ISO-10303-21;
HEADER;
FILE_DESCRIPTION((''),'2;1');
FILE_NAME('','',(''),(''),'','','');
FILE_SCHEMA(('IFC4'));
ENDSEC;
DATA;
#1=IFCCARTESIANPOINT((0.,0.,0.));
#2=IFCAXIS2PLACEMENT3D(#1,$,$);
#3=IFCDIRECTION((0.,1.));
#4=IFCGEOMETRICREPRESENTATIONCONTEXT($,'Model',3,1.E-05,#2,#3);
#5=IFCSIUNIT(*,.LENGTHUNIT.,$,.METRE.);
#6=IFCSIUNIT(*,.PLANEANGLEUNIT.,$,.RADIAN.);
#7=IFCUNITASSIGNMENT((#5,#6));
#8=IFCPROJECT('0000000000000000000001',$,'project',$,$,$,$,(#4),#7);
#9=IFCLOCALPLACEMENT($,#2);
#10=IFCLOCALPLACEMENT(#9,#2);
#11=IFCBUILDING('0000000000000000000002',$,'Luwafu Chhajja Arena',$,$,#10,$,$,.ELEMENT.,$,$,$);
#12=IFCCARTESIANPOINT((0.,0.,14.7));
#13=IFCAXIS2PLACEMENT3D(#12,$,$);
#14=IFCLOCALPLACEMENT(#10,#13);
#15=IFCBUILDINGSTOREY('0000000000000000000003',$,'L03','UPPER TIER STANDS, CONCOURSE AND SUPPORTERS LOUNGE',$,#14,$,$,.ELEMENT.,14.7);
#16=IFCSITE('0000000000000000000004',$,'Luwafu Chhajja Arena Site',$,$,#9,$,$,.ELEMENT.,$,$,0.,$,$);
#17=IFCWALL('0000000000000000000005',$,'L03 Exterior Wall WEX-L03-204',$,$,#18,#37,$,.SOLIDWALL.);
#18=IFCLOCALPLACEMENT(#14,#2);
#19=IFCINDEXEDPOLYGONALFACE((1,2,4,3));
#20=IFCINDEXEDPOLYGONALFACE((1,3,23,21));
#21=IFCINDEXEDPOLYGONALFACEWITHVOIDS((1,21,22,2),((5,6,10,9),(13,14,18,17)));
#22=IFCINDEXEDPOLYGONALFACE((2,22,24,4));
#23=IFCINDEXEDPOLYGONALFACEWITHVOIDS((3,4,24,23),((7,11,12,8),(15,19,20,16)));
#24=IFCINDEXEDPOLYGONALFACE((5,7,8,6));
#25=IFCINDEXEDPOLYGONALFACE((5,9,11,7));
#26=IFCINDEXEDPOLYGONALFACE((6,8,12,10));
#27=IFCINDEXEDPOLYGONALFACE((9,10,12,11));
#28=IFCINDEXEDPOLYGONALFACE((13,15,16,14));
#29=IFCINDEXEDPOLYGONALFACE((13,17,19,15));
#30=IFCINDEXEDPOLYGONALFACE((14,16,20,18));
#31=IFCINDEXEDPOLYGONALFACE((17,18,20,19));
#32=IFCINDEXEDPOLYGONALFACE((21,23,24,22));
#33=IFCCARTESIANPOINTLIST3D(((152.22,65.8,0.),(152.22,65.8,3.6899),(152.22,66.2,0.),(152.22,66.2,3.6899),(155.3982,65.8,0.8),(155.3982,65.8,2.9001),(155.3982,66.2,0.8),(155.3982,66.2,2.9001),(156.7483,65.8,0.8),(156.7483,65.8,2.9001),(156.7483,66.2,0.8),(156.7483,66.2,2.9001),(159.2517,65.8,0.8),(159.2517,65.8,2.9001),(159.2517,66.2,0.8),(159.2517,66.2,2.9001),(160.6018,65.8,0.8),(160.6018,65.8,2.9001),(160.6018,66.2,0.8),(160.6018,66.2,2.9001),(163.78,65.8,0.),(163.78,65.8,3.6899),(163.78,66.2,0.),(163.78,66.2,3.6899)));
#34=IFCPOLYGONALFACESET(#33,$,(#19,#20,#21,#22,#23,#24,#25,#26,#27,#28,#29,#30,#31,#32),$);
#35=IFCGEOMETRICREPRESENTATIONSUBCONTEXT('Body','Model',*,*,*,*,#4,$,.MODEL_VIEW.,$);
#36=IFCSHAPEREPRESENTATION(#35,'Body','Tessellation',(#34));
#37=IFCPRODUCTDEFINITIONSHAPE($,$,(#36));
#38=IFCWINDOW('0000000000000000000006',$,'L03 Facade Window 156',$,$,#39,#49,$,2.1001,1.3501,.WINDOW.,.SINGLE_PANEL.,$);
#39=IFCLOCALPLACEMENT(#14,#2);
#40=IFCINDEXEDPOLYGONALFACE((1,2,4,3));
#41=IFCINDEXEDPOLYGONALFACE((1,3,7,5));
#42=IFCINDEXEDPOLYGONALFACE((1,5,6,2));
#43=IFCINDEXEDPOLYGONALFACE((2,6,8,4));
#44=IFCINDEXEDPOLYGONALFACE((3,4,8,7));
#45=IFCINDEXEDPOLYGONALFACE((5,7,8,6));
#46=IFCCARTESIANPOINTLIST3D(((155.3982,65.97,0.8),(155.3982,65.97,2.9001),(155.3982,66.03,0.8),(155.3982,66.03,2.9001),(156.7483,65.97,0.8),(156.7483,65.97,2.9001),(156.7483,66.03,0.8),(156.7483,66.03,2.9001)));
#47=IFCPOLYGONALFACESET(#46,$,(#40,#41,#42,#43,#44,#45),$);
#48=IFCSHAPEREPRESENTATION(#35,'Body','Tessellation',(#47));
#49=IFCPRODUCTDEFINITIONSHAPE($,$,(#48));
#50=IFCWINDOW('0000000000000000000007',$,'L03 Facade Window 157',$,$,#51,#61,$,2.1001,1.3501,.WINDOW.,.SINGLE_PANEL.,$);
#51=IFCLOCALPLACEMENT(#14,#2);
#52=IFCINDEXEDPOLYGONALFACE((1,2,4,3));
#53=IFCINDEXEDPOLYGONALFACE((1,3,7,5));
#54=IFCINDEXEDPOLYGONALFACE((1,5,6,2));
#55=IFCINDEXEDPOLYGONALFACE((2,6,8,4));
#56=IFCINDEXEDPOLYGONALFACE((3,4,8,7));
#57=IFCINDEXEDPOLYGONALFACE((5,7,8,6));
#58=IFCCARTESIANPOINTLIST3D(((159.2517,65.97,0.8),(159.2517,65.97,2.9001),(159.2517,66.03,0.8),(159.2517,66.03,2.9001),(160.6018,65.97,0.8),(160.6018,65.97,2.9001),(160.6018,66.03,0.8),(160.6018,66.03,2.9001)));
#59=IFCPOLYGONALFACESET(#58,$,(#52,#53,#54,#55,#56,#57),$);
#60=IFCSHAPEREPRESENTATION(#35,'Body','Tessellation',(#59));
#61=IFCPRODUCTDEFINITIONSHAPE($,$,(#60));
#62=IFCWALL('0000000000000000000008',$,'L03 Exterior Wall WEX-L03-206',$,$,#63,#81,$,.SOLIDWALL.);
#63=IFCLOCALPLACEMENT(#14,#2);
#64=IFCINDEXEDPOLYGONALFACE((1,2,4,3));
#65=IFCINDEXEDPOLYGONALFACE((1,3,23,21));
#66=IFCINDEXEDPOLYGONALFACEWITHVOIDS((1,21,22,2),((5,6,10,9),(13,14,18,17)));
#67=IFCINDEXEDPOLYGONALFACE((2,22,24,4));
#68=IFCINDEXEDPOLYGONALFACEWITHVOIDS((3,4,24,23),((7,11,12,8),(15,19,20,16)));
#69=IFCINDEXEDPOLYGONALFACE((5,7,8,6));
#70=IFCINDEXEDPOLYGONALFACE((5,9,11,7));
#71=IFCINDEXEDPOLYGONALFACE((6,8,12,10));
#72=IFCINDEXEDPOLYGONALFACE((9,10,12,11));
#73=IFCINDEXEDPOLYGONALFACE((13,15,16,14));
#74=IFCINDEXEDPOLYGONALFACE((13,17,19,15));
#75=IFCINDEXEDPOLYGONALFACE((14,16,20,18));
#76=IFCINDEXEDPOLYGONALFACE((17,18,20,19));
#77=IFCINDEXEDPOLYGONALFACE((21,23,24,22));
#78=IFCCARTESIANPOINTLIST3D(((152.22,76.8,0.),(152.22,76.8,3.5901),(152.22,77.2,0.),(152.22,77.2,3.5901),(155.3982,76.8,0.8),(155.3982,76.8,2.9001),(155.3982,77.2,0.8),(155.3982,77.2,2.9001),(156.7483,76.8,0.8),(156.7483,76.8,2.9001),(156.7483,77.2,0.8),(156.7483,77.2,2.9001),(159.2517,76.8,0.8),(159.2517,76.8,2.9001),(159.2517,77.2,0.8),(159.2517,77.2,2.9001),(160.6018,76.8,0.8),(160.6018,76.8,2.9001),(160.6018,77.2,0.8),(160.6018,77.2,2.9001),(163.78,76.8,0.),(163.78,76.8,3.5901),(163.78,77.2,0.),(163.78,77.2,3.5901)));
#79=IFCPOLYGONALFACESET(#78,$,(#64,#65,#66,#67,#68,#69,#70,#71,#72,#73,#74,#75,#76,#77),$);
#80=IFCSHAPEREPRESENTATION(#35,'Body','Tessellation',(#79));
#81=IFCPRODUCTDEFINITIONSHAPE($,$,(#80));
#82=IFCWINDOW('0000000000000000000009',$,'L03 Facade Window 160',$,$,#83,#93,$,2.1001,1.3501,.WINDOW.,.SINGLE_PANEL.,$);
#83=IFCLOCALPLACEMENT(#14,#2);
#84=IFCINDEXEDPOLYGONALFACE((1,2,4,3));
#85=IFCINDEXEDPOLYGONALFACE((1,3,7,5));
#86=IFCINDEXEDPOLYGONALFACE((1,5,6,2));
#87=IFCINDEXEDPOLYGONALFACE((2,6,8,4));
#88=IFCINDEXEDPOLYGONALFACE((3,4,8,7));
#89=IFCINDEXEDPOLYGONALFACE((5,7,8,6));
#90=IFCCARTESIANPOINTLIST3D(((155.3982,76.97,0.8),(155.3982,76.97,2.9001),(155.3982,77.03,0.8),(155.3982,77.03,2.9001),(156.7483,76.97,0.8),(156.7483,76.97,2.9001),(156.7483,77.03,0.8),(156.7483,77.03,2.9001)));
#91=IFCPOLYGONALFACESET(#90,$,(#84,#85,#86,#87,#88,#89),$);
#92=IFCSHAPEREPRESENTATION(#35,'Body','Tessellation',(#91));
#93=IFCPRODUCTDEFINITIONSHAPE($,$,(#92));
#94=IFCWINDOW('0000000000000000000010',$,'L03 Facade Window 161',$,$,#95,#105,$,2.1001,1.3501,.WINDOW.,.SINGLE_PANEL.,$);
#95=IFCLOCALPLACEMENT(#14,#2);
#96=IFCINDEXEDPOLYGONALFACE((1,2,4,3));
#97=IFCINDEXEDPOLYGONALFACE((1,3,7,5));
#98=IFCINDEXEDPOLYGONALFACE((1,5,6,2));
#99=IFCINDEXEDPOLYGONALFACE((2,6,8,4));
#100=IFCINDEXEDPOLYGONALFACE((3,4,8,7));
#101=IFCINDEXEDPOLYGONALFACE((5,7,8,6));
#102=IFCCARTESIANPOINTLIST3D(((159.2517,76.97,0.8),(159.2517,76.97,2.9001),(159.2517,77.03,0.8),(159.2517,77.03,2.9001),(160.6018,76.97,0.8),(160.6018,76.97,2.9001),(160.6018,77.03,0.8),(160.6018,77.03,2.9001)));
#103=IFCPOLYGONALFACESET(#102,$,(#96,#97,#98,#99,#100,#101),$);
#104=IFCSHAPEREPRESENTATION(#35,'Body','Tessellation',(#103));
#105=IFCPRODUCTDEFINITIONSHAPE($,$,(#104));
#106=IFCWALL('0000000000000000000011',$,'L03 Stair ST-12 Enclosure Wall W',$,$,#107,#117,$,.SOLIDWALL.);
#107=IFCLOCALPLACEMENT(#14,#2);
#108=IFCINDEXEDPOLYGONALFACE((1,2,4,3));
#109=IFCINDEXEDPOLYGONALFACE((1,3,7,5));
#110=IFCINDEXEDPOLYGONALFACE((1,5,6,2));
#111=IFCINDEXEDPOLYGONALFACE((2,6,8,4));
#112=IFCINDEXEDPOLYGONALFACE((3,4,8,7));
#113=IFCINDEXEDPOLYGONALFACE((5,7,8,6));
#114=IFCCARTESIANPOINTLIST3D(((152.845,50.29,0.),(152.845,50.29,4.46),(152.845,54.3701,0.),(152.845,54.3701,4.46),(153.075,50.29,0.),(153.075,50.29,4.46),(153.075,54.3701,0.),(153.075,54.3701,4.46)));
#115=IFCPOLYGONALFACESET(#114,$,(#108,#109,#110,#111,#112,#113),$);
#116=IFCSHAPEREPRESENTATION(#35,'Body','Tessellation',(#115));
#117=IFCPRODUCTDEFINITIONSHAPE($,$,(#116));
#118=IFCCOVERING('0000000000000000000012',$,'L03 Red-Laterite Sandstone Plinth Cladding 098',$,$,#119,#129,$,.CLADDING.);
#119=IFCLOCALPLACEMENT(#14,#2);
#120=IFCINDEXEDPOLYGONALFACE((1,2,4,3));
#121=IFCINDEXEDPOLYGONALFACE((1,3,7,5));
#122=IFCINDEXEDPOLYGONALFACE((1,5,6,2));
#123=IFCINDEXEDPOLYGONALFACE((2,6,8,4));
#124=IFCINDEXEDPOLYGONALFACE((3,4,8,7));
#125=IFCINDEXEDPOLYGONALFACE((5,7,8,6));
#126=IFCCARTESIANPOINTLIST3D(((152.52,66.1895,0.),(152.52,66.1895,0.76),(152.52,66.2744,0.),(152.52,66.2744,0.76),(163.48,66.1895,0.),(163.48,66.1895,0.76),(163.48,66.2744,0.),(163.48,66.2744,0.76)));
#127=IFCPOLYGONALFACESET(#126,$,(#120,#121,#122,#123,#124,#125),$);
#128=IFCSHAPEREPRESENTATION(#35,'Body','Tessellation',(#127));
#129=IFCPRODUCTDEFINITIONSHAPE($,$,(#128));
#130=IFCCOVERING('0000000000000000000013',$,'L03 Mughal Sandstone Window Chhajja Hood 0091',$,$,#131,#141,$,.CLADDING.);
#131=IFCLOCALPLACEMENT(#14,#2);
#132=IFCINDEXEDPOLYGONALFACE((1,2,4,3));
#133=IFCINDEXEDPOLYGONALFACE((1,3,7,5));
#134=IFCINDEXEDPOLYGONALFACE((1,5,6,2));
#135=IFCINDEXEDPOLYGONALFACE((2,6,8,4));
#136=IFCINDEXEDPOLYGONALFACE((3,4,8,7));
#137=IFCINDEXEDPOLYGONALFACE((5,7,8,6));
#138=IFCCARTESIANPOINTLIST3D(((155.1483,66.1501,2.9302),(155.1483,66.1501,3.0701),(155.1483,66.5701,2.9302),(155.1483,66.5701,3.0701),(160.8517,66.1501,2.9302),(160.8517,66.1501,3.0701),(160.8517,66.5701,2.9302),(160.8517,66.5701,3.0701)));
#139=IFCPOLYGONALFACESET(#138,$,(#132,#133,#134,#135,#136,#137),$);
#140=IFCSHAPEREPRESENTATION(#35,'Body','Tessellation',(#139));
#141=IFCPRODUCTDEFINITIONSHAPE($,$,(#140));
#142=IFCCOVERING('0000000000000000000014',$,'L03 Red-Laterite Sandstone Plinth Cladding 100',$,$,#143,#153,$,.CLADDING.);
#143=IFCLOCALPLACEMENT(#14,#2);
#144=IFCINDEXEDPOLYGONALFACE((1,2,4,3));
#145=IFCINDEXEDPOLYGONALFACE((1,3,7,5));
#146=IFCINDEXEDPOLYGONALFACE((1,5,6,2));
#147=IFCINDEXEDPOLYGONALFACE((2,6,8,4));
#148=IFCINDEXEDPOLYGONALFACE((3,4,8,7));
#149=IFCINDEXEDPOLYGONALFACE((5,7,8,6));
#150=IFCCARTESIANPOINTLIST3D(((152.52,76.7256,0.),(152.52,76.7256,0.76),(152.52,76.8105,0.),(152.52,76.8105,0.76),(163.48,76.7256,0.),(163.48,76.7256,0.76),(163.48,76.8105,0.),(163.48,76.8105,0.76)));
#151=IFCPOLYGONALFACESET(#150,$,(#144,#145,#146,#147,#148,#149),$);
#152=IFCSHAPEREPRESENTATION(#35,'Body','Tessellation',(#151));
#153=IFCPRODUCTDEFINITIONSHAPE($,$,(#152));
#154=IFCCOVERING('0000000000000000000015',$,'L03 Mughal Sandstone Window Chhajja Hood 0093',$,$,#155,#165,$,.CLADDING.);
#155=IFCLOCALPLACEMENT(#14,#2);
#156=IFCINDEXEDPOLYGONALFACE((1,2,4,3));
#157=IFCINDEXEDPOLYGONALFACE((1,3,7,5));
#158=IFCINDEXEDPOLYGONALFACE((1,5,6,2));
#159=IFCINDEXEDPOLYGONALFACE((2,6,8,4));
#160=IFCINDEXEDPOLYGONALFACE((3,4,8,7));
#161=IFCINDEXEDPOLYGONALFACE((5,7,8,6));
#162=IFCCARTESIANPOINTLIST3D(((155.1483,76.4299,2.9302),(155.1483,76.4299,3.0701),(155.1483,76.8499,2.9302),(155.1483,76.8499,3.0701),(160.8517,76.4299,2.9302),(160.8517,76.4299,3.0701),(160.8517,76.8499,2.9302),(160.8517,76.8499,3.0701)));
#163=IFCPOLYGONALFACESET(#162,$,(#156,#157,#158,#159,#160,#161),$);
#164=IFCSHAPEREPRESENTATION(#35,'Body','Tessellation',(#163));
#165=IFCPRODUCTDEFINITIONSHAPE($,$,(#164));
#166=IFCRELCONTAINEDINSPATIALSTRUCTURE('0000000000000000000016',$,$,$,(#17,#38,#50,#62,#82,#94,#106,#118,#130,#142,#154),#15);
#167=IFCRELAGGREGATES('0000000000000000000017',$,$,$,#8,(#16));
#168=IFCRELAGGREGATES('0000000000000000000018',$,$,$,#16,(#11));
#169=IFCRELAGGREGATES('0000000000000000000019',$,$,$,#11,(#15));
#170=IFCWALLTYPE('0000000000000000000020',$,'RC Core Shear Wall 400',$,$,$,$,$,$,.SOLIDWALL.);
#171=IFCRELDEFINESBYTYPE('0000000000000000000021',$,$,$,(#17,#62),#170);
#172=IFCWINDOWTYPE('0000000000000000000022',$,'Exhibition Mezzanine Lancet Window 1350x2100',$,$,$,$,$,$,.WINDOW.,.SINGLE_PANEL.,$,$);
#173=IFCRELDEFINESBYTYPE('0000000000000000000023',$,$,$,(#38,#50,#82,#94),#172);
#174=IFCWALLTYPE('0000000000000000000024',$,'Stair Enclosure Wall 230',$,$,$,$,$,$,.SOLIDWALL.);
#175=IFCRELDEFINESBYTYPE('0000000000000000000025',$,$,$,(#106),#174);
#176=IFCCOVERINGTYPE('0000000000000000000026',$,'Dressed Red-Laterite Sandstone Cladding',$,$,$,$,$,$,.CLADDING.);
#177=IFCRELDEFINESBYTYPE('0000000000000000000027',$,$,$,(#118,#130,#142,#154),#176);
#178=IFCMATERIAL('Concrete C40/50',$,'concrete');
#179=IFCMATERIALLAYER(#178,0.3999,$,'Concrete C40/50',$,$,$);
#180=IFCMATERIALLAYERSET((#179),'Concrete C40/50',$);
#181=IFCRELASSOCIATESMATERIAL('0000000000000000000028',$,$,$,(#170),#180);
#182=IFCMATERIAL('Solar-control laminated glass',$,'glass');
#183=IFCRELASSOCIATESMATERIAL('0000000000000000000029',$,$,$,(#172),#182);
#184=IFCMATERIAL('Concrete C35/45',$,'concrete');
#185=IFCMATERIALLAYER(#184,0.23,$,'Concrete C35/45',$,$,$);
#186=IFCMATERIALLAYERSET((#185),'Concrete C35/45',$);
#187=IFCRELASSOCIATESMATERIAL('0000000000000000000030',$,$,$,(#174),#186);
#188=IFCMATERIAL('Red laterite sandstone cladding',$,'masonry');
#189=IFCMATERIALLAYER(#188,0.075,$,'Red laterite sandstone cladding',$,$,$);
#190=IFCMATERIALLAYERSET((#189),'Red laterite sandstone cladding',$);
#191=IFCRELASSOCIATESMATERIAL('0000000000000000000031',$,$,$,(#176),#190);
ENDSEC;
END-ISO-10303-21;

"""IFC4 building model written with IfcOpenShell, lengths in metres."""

from ifc_helpers import new_model, si_unit, direction, frame, frame_2d, origin, origin_2d, place, context, subcontext, project, spatial, rectangle, extrude, material, layer, layer_set, type_object, element, fill, save


model = new_model("IFC4")

# Units and contexts
model_context = context("Model", 3, precision=1e-05, world=origin(), true_north=direction((0.0, 1.0)))
body_context = subcontext(model_context, "Body", "Model", "MODEL_VIEW")
ifc_project = project(units=[si_unit("LENGTHUNIT", "METRE"), si_unit("PLANEANGLEUNIT", "RADIAN")], contexts=[model_context])

# Site, building, storey
site_placement = place(None, origin())
site = spatial("IfcSite", under=ifc_project, at=site_placement, Name="Luwafu Chhajja Arena Site", CompositionType="ELEMENT", RefElevation=0.0)
building_placement = place(site_placement, origin())
building = spatial("IfcBuilding", under=site, at=building_placement, Name="Luwafu Chhajja Arena", CompositionType="ELEMENT")
storey_placement = place(building_placement, frame((0.0, 0.0, 14.7)))
storey = spatial("IfcBuildingStorey", under=building, at=storey_placement, Name="L03", Description="UPPER TIER STANDS, CONCOURSE AND SUPPORTERS LOUNGE", CompositionType="ELEMENT", Elevation=14.7)

# Shared definitions
ifc_material_1 = material(Name="Concrete C35/45", Category="concrete")

# Shared definitions
ifc_material_2 = material(Name="Concrete C40/50", Category="concrete")

# Walls, openings, windows
ifc_layer_1 = layer(ifc_material_2, 0.3999, Name="Concrete C40/50")
ifc_layer_set_1 = layer_set([ifc_layer_1], Name="Concrete C40/50")
wall_type_1 = type_object("IfcWallType", Name="RC Core Shear Wall 400", PredefinedType="SOLIDWALL", material=ifc_layer_set_1)
wall_1_placement = place(storey_placement, frame((152.22, 66.0, 0.0), z_axis=(0.0, 0.0, 1.0), x_axis=(1.0, 0.0, 0.0)))
wall_1 = element("IfcWall", 1, at=wall_1_placement, inside=storey, type_object=wall_type_1, Name="L03 Exterior Wall WEX-L03-204", PredefinedType="SOLIDWALL", context=body_context, shape_type="SweptSolid", body=[
    extrude(rectangle(XDim=11.5601, YDim=0.3999, at=frame_2d((5.78, 0.0))), origin(), (0.0, 0.0, 1.0), 3.6899),
])
opening_1_placement = place(wall_1_placement, frame((3.1782, 0.0, 0.8)))
opening_1 = element("IfcOpeningElement", 2, at=opening_1_placement, cuts=wall_1, PredefinedType="OPENING", context=body_context, shape_type="SweptSolid", body=[
    extrude(rectangle(XDim=1.3501, YDim=2.1001, at=frame_2d((0.675, 1.05))), frame((0.0, 0.21, 0.0), z_axis=(0.0, -1.0, 0.0), x_axis=(1.0, 0.0, 0.0)), (0.0, 0.0, 1.0), 0.4199),
])
opening_2_placement = place(wall_1_placement, frame((7.0317, 0.0, 0.8)))
opening_2 = element("IfcOpeningElement", 3, at=opening_2_placement, cuts=wall_1, PredefinedType="OPENING", context=body_context, shape_type="SweptSolid", body=[
    extrude(rectangle(XDim=1.3501, YDim=2.1001, at=frame_2d((0.675, 1.05))), frame((0.0, 0.21, 0.0), z_axis=(0.0, -1.0, 0.0), x_axis=(1.0, 0.0, 0.0)), (0.0, 0.0, 1.0), 0.4199),
])
ifc_material_3 = material(Name="Solar-control laminated glass", Category="glass")
window_type = type_object("IfcWindowType", Name="Exhibition Mezzanine Lancet Window 1350x2100", PartitioningType="SINGLE_PANEL", PredefinedType="WINDOW", material=ifc_material_3)
window_1_placement = place(opening_1_placement, origin())
window_1 = element("IfcWindow", 4, at=window_1_placement, inside=storey, type_object=window_type, Name="L03 Facade Window 156", OverallHeight=2.1001, OverallWidth=1.3501, PartitioningType="SINGLE_PANEL", PredefinedType="WINDOW", context=body_context, shape_type="SweptSolid", body=[
    extrude(rectangle(XDim=1.3501, YDim=2.1001, at=frame_2d((0.675, 1.05))), frame((0.0, 0.03, 0.0), z_axis=(0.0, -1.0, 0.0), x_axis=(1.0, 0.0, 0.0)), (0.0, 0.0, 1.0), 0.0601),
])
fill(opening_1, window_1)
window_2_placement = place(opening_2_placement, origin())
window_2 = element("IfcWindow", 5, at=window_2_placement, inside=storey, type_object=window_type, Name="L03 Facade Window 157", OverallHeight=2.1001, OverallWidth=1.3501, PartitioningType="SINGLE_PANEL", PredefinedType="WINDOW", context=body_context, shape_type="SweptSolid", body=[
    extrude(rectangle(XDim=1.3501, YDim=2.1001, at=frame_2d((0.675, 1.05))), frame((0.0, 0.03, 0.0), z_axis=(0.0, -1.0, 0.0), x_axis=(1.0, 0.0, 0.0)), (0.0, 0.0, 1.0), 0.0601),
])
fill(opening_2, window_2)
wall_2_placement = place(storey_placement, frame((152.22, 77.0, 0.0), z_axis=(0.0, 0.0, 1.0), x_axis=(1.0, 0.0, 0.0)))
wall_2 = element("IfcWall", 6, at=wall_2_placement, inside=storey, type_object=wall_type_1, Name="L03 Exterior Wall WEX-L03-206", PredefinedType="SOLIDWALL", context=body_context, shape_type="SweptSolid", body=[
    extrude(rectangle(XDim=11.5601, YDim=0.3999, at=frame_2d((5.78, 0.0))), origin(), (0.0, 0.0, 1.0), 3.5901),
])
opening_3_placement = place(wall_2_placement, frame((3.1782, 0.0, 0.8)))
opening_3 = element("IfcOpeningElement", 7, at=opening_3_placement, cuts=wall_2, PredefinedType="OPENING", context=body_context, shape_type="SweptSolid", body=[
    extrude(rectangle(XDim=1.3501, YDim=2.1001, at=frame_2d((0.675, 1.05))), frame((0.0, 0.21, 0.0), z_axis=(0.0, -1.0, 0.0), x_axis=(1.0, 0.0, 0.0)), (0.0, 0.0, 1.0), 0.4199),
])
opening_4_placement = place(wall_2_placement, frame((7.0317, 0.0, 0.8)))
opening_4 = element("IfcOpeningElement", 8, at=opening_4_placement, cuts=wall_2, PredefinedType="OPENING", context=body_context, shape_type="SweptSolid", body=[
    extrude(rectangle(XDim=1.3501, YDim=2.1001, at=frame_2d((0.675, 1.05))), frame((0.0, 0.21, 0.0), z_axis=(0.0, -1.0, 0.0), x_axis=(1.0, 0.0, 0.0)), (0.0, 0.0, 1.0), 0.4199),
])
window_3_placement = place(opening_3_placement, origin())
window_3 = element("IfcWindow", 9, at=window_3_placement, inside=storey, type_object=window_type, Name="L03 Facade Window 160", OverallHeight=2.1001, OverallWidth=1.3501, PartitioningType="SINGLE_PANEL", PredefinedType="WINDOW", context=body_context, shape_type="SweptSolid", body=[
    extrude(rectangle(XDim=1.3501, YDim=2.1001, at=frame_2d((0.675, 1.05))), frame((0.0, 0.03, 0.0), z_axis=(0.0, -1.0, 0.0), x_axis=(1.0, 0.0, 0.0)), (0.0, 0.0, 1.0), 0.0601),
])
fill(opening_3, window_3)
window_4_placement = place(opening_4_placement, origin())
window_4 = element("IfcWindow", 10, at=window_4_placement, inside=storey, type_object=window_type, Name="L03 Facade Window 161", OverallHeight=2.1001, OverallWidth=1.3501, PartitioningType="SINGLE_PANEL", PredefinedType="WINDOW", context=body_context, shape_type="SweptSolid", body=[
    extrude(rectangle(XDim=1.3501, YDim=2.1001, at=frame_2d((0.675, 1.05))), frame((0.0, 0.03, 0.0), z_axis=(0.0, -1.0, 0.0), x_axis=(1.0, 0.0, 0.0)), (0.0, 0.0, 1.0), 0.0601),
])
fill(opening_4, window_4)

# Wall
ifc_layer_2 = layer(ifc_material_1, 0.23, Name="Concrete C35/45")
ifc_layer_set_2 = layer_set([ifc_layer_2], Name="Concrete C35/45")
wall_type_2 = type_object("IfcWallType", Name="Stair Enclosure Wall 230", PredefinedType="SOLIDWALL", material=ifc_layer_set_2)
wall_3_placement = place(storey_placement, frame((152.96, 50.29, 0.0), z_axis=(0.0, 0.0, 1.0), x_axis=(0.0, 1.0, 0.0)))
element("IfcWall", 11, at=wall_3_placement, inside=storey, type_object=wall_type_2, Name="L03 Stair ST-12 Enclosure Wall W", PredefinedType="SOLIDWALL", context=body_context, shape_type="SweptSolid", body=[
    extrude(rectangle(XDim=4.0801, YDim=0.23, at=frame_2d((2.04, 0.0))), origin(), (0.0, 0.0, 1.0), 4.46),
])

# Coverings
ifc_material_4 = material(Name="Red laterite sandstone cladding", Category="masonry")
ifc_layer_3 = layer(ifc_material_4, 0.075, Name="Red laterite sandstone cladding")
ifc_layer_set_3 = layer_set([ifc_layer_3], Name="Red laterite sandstone cladding")
covering_type = type_object("IfcCoveringType", Name="Dressed Red-Laterite Sandstone Cladding", PredefinedType="CLADDING", material=ifc_layer_set_3)
covering_1_placement = place(storey_placement, frame((158.0, 66.2319, 0.0), z_axis=(0.0, 0.0, 1.0), x_axis=(1.0, 0.0, 0.0)))
element("IfcCovering", 12, at=covering_1_placement, inside=storey, type_object=covering_type, Name="L03 Red-Laterite Sandstone Plinth Cladding 098", PredefinedType="CLADDING", context=body_context, shape_type="SweptSolid", body=[
    extrude(rectangle(XDim=10.96, YDim=0.085, at=origin_2d()), origin(), (0.0, 0.0, 1.0), 0.76),
])
covering_2_placement = place(storey_placement, frame((158.0, 66.3601, 2.9302), z_axis=(0.0, 0.0, 1.0), x_axis=(1.0, 0.0, 0.0)))
element("IfcCovering", 13, at=covering_2_placement, inside=storey, type_object=covering_type, Name="L03 Mughal Sandstone Window Chhajja Hood 0091", PredefinedType="CLADDING", context=body_context, shape_type="SweptSolid", body=[
    extrude(rectangle(XDim=5.7034, YDim=0.4199, at=origin_2d()), origin(), (0.0, 0.0, 1.0), 0.1399),
])
covering_3_placement = place(storey_placement, frame((158.0, 76.7681, 0.0), z_axis=(0.0, 0.0, 1.0), x_axis=(1.0, 0.0, 0.0)))
element("IfcCovering", 14, at=covering_3_placement, inside=storey, type_object=covering_type, Name="L03 Red-Laterite Sandstone Plinth Cladding 100", PredefinedType="CLADDING", context=body_context, shape_type="SweptSolid", body=[
    extrude(rectangle(XDim=10.96, YDim=0.085, at=origin_2d()), origin(), (0.0, 0.0, 1.0), 0.76),
])
covering_4_placement = place(storey_placement, frame((158.0, 76.6399, 2.9302), z_axis=(0.0, 0.0, 1.0), x_axis=(1.0, 0.0, 0.0)))
element("IfcCovering", 15, at=covering_4_placement, inside=storey, type_object=covering_type, Name="L03 Mughal Sandstone Window Chhajja Hood 0093", PredefinedType="CLADDING", context=body_context, shape_type="SweptSolid", body=[
    extrude(rectangle(XDim=5.7034, YDim=0.4199, at=origin_2d()), origin(), (0.0, 0.0, 1.0), 0.1399),
])

save(model, "model.ifc")
